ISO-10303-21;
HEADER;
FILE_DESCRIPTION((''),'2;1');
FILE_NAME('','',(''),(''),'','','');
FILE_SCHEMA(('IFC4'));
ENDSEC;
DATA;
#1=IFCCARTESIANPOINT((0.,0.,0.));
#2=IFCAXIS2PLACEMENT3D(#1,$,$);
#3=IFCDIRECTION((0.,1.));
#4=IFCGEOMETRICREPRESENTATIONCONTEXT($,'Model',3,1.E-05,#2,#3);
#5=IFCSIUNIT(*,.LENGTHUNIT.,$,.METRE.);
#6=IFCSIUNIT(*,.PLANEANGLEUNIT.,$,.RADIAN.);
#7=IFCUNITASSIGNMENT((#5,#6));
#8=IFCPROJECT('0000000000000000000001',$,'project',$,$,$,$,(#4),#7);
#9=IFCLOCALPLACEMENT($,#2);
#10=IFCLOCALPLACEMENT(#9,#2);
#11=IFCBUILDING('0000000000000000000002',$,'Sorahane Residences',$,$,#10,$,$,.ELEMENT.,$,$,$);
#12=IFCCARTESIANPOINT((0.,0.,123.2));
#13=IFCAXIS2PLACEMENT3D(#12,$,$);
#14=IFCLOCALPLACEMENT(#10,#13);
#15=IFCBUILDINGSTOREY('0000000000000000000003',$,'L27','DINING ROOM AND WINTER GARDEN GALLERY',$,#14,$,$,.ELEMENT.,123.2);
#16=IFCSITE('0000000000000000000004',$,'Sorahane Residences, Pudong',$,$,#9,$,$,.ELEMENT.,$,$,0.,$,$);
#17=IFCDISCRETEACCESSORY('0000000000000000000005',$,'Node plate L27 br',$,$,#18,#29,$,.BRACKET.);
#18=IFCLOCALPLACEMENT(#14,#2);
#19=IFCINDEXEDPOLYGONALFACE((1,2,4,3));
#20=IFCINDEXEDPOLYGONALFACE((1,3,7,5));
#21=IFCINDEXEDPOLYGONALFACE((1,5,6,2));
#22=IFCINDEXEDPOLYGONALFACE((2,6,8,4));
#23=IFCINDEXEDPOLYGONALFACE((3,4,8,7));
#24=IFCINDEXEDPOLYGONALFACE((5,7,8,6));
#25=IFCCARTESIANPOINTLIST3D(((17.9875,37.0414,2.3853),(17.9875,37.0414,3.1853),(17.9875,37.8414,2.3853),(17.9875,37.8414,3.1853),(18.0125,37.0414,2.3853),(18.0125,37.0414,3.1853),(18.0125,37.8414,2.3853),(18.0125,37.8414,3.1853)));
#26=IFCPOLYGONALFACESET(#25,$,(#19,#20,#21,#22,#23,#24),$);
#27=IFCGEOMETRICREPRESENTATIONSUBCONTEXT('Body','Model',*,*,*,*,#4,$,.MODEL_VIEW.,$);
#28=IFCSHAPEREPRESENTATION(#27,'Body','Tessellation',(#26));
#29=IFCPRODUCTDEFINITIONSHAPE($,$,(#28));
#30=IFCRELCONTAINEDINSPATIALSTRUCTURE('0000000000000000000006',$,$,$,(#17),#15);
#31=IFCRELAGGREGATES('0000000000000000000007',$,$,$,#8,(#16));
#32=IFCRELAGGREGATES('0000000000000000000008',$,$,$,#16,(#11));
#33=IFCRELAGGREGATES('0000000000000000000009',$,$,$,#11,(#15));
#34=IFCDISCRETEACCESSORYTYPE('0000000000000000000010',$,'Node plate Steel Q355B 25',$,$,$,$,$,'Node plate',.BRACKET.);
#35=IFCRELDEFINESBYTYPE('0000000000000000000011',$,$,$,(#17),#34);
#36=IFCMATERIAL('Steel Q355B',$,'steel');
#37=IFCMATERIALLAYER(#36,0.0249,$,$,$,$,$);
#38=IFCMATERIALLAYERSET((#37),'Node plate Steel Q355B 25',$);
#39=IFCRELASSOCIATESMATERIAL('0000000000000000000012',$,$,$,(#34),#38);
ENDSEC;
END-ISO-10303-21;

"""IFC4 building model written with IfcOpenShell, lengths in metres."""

from ifc_helpers import new_model, si_unit, direction, frame, origin, origin_2d, place, context, subcontext, project, spatial, rectangle, extrude, material, layer, layer_set, type_object, element, save


model = new_model("IFC4")

# Units and contexts
model_context = context("Model", 3, precision=1e-05, world=origin(), true_north=direction((0.0, 1.0)))
body_context = subcontext(model_context, "Body", "Model", "MODEL_VIEW")
ifc_project = project(units=[si_unit("LENGTHUNIT", "METRE"), si_unit("PLANEANGLEUNIT", "RADIAN")], contexts=[model_context])

# Site, building, storey
site_placement = place(None, origin())
site = spatial("IfcSite", under=ifc_project, at=site_placement, Name="Sorahane Residences, Pudong", CompositionType="ELEMENT", RefElevation=0.0)
building_placement = place(site_placement, origin())
building = spatial("IfcBuilding", under=site, at=building_placement, Name="Sorahane Residences", CompositionType="ELEMENT")
storey_placement = place(building_placement, frame((0.0, 0.0, 123.2)))
storey = spatial("IfcBuildingStorey", under=building, at=storey_placement, Name="L27", Description="DINING ROOM AND WINTER GARDEN GALLERY", CompositionType="ELEMENT", Elevation=123.2)

# Discrete accessory
ifc_material_1 = material(Name="Steel Q355B", Category="steel")
ifc_layer_1 = layer(ifc_material_1, 0.0249)
ifc_layer_set_1 = layer_set([ifc_layer_1], Name="Node plate Steel Q355B 25")
discrete_accessory_type = type_object("IfcDiscreteAccessoryType", Name="Node plate Steel Q355B 25", ElementType="Node plate", PredefinedType="BRACKET", material=ifc_layer_set_1)
for number, where, z_axis, x_axis, name in (
    (1, (18.0, 37.4414, 2.3853), (0.0, 0.0, 1.0), (0.0, 1.0, 0.0), "Node plate L27 br"),
):
    element("IfcDiscreteAccessory", number, at=place(storey_placement, frame(where, z_axis=z_axis, x_axis=x_axis)), inside=storey, type_object=discrete_accessory_type, Name=name, PredefinedType="BRACKET", context=body_context, shape_type="SweptSolid", body=[
        extrude(rectangle(XDim=0.8, YDim=0.0249, at=origin_2d()), origin(), (0.0, 0.0, 1.0), 0.8),
    ])

save(model, "model.ifc")
